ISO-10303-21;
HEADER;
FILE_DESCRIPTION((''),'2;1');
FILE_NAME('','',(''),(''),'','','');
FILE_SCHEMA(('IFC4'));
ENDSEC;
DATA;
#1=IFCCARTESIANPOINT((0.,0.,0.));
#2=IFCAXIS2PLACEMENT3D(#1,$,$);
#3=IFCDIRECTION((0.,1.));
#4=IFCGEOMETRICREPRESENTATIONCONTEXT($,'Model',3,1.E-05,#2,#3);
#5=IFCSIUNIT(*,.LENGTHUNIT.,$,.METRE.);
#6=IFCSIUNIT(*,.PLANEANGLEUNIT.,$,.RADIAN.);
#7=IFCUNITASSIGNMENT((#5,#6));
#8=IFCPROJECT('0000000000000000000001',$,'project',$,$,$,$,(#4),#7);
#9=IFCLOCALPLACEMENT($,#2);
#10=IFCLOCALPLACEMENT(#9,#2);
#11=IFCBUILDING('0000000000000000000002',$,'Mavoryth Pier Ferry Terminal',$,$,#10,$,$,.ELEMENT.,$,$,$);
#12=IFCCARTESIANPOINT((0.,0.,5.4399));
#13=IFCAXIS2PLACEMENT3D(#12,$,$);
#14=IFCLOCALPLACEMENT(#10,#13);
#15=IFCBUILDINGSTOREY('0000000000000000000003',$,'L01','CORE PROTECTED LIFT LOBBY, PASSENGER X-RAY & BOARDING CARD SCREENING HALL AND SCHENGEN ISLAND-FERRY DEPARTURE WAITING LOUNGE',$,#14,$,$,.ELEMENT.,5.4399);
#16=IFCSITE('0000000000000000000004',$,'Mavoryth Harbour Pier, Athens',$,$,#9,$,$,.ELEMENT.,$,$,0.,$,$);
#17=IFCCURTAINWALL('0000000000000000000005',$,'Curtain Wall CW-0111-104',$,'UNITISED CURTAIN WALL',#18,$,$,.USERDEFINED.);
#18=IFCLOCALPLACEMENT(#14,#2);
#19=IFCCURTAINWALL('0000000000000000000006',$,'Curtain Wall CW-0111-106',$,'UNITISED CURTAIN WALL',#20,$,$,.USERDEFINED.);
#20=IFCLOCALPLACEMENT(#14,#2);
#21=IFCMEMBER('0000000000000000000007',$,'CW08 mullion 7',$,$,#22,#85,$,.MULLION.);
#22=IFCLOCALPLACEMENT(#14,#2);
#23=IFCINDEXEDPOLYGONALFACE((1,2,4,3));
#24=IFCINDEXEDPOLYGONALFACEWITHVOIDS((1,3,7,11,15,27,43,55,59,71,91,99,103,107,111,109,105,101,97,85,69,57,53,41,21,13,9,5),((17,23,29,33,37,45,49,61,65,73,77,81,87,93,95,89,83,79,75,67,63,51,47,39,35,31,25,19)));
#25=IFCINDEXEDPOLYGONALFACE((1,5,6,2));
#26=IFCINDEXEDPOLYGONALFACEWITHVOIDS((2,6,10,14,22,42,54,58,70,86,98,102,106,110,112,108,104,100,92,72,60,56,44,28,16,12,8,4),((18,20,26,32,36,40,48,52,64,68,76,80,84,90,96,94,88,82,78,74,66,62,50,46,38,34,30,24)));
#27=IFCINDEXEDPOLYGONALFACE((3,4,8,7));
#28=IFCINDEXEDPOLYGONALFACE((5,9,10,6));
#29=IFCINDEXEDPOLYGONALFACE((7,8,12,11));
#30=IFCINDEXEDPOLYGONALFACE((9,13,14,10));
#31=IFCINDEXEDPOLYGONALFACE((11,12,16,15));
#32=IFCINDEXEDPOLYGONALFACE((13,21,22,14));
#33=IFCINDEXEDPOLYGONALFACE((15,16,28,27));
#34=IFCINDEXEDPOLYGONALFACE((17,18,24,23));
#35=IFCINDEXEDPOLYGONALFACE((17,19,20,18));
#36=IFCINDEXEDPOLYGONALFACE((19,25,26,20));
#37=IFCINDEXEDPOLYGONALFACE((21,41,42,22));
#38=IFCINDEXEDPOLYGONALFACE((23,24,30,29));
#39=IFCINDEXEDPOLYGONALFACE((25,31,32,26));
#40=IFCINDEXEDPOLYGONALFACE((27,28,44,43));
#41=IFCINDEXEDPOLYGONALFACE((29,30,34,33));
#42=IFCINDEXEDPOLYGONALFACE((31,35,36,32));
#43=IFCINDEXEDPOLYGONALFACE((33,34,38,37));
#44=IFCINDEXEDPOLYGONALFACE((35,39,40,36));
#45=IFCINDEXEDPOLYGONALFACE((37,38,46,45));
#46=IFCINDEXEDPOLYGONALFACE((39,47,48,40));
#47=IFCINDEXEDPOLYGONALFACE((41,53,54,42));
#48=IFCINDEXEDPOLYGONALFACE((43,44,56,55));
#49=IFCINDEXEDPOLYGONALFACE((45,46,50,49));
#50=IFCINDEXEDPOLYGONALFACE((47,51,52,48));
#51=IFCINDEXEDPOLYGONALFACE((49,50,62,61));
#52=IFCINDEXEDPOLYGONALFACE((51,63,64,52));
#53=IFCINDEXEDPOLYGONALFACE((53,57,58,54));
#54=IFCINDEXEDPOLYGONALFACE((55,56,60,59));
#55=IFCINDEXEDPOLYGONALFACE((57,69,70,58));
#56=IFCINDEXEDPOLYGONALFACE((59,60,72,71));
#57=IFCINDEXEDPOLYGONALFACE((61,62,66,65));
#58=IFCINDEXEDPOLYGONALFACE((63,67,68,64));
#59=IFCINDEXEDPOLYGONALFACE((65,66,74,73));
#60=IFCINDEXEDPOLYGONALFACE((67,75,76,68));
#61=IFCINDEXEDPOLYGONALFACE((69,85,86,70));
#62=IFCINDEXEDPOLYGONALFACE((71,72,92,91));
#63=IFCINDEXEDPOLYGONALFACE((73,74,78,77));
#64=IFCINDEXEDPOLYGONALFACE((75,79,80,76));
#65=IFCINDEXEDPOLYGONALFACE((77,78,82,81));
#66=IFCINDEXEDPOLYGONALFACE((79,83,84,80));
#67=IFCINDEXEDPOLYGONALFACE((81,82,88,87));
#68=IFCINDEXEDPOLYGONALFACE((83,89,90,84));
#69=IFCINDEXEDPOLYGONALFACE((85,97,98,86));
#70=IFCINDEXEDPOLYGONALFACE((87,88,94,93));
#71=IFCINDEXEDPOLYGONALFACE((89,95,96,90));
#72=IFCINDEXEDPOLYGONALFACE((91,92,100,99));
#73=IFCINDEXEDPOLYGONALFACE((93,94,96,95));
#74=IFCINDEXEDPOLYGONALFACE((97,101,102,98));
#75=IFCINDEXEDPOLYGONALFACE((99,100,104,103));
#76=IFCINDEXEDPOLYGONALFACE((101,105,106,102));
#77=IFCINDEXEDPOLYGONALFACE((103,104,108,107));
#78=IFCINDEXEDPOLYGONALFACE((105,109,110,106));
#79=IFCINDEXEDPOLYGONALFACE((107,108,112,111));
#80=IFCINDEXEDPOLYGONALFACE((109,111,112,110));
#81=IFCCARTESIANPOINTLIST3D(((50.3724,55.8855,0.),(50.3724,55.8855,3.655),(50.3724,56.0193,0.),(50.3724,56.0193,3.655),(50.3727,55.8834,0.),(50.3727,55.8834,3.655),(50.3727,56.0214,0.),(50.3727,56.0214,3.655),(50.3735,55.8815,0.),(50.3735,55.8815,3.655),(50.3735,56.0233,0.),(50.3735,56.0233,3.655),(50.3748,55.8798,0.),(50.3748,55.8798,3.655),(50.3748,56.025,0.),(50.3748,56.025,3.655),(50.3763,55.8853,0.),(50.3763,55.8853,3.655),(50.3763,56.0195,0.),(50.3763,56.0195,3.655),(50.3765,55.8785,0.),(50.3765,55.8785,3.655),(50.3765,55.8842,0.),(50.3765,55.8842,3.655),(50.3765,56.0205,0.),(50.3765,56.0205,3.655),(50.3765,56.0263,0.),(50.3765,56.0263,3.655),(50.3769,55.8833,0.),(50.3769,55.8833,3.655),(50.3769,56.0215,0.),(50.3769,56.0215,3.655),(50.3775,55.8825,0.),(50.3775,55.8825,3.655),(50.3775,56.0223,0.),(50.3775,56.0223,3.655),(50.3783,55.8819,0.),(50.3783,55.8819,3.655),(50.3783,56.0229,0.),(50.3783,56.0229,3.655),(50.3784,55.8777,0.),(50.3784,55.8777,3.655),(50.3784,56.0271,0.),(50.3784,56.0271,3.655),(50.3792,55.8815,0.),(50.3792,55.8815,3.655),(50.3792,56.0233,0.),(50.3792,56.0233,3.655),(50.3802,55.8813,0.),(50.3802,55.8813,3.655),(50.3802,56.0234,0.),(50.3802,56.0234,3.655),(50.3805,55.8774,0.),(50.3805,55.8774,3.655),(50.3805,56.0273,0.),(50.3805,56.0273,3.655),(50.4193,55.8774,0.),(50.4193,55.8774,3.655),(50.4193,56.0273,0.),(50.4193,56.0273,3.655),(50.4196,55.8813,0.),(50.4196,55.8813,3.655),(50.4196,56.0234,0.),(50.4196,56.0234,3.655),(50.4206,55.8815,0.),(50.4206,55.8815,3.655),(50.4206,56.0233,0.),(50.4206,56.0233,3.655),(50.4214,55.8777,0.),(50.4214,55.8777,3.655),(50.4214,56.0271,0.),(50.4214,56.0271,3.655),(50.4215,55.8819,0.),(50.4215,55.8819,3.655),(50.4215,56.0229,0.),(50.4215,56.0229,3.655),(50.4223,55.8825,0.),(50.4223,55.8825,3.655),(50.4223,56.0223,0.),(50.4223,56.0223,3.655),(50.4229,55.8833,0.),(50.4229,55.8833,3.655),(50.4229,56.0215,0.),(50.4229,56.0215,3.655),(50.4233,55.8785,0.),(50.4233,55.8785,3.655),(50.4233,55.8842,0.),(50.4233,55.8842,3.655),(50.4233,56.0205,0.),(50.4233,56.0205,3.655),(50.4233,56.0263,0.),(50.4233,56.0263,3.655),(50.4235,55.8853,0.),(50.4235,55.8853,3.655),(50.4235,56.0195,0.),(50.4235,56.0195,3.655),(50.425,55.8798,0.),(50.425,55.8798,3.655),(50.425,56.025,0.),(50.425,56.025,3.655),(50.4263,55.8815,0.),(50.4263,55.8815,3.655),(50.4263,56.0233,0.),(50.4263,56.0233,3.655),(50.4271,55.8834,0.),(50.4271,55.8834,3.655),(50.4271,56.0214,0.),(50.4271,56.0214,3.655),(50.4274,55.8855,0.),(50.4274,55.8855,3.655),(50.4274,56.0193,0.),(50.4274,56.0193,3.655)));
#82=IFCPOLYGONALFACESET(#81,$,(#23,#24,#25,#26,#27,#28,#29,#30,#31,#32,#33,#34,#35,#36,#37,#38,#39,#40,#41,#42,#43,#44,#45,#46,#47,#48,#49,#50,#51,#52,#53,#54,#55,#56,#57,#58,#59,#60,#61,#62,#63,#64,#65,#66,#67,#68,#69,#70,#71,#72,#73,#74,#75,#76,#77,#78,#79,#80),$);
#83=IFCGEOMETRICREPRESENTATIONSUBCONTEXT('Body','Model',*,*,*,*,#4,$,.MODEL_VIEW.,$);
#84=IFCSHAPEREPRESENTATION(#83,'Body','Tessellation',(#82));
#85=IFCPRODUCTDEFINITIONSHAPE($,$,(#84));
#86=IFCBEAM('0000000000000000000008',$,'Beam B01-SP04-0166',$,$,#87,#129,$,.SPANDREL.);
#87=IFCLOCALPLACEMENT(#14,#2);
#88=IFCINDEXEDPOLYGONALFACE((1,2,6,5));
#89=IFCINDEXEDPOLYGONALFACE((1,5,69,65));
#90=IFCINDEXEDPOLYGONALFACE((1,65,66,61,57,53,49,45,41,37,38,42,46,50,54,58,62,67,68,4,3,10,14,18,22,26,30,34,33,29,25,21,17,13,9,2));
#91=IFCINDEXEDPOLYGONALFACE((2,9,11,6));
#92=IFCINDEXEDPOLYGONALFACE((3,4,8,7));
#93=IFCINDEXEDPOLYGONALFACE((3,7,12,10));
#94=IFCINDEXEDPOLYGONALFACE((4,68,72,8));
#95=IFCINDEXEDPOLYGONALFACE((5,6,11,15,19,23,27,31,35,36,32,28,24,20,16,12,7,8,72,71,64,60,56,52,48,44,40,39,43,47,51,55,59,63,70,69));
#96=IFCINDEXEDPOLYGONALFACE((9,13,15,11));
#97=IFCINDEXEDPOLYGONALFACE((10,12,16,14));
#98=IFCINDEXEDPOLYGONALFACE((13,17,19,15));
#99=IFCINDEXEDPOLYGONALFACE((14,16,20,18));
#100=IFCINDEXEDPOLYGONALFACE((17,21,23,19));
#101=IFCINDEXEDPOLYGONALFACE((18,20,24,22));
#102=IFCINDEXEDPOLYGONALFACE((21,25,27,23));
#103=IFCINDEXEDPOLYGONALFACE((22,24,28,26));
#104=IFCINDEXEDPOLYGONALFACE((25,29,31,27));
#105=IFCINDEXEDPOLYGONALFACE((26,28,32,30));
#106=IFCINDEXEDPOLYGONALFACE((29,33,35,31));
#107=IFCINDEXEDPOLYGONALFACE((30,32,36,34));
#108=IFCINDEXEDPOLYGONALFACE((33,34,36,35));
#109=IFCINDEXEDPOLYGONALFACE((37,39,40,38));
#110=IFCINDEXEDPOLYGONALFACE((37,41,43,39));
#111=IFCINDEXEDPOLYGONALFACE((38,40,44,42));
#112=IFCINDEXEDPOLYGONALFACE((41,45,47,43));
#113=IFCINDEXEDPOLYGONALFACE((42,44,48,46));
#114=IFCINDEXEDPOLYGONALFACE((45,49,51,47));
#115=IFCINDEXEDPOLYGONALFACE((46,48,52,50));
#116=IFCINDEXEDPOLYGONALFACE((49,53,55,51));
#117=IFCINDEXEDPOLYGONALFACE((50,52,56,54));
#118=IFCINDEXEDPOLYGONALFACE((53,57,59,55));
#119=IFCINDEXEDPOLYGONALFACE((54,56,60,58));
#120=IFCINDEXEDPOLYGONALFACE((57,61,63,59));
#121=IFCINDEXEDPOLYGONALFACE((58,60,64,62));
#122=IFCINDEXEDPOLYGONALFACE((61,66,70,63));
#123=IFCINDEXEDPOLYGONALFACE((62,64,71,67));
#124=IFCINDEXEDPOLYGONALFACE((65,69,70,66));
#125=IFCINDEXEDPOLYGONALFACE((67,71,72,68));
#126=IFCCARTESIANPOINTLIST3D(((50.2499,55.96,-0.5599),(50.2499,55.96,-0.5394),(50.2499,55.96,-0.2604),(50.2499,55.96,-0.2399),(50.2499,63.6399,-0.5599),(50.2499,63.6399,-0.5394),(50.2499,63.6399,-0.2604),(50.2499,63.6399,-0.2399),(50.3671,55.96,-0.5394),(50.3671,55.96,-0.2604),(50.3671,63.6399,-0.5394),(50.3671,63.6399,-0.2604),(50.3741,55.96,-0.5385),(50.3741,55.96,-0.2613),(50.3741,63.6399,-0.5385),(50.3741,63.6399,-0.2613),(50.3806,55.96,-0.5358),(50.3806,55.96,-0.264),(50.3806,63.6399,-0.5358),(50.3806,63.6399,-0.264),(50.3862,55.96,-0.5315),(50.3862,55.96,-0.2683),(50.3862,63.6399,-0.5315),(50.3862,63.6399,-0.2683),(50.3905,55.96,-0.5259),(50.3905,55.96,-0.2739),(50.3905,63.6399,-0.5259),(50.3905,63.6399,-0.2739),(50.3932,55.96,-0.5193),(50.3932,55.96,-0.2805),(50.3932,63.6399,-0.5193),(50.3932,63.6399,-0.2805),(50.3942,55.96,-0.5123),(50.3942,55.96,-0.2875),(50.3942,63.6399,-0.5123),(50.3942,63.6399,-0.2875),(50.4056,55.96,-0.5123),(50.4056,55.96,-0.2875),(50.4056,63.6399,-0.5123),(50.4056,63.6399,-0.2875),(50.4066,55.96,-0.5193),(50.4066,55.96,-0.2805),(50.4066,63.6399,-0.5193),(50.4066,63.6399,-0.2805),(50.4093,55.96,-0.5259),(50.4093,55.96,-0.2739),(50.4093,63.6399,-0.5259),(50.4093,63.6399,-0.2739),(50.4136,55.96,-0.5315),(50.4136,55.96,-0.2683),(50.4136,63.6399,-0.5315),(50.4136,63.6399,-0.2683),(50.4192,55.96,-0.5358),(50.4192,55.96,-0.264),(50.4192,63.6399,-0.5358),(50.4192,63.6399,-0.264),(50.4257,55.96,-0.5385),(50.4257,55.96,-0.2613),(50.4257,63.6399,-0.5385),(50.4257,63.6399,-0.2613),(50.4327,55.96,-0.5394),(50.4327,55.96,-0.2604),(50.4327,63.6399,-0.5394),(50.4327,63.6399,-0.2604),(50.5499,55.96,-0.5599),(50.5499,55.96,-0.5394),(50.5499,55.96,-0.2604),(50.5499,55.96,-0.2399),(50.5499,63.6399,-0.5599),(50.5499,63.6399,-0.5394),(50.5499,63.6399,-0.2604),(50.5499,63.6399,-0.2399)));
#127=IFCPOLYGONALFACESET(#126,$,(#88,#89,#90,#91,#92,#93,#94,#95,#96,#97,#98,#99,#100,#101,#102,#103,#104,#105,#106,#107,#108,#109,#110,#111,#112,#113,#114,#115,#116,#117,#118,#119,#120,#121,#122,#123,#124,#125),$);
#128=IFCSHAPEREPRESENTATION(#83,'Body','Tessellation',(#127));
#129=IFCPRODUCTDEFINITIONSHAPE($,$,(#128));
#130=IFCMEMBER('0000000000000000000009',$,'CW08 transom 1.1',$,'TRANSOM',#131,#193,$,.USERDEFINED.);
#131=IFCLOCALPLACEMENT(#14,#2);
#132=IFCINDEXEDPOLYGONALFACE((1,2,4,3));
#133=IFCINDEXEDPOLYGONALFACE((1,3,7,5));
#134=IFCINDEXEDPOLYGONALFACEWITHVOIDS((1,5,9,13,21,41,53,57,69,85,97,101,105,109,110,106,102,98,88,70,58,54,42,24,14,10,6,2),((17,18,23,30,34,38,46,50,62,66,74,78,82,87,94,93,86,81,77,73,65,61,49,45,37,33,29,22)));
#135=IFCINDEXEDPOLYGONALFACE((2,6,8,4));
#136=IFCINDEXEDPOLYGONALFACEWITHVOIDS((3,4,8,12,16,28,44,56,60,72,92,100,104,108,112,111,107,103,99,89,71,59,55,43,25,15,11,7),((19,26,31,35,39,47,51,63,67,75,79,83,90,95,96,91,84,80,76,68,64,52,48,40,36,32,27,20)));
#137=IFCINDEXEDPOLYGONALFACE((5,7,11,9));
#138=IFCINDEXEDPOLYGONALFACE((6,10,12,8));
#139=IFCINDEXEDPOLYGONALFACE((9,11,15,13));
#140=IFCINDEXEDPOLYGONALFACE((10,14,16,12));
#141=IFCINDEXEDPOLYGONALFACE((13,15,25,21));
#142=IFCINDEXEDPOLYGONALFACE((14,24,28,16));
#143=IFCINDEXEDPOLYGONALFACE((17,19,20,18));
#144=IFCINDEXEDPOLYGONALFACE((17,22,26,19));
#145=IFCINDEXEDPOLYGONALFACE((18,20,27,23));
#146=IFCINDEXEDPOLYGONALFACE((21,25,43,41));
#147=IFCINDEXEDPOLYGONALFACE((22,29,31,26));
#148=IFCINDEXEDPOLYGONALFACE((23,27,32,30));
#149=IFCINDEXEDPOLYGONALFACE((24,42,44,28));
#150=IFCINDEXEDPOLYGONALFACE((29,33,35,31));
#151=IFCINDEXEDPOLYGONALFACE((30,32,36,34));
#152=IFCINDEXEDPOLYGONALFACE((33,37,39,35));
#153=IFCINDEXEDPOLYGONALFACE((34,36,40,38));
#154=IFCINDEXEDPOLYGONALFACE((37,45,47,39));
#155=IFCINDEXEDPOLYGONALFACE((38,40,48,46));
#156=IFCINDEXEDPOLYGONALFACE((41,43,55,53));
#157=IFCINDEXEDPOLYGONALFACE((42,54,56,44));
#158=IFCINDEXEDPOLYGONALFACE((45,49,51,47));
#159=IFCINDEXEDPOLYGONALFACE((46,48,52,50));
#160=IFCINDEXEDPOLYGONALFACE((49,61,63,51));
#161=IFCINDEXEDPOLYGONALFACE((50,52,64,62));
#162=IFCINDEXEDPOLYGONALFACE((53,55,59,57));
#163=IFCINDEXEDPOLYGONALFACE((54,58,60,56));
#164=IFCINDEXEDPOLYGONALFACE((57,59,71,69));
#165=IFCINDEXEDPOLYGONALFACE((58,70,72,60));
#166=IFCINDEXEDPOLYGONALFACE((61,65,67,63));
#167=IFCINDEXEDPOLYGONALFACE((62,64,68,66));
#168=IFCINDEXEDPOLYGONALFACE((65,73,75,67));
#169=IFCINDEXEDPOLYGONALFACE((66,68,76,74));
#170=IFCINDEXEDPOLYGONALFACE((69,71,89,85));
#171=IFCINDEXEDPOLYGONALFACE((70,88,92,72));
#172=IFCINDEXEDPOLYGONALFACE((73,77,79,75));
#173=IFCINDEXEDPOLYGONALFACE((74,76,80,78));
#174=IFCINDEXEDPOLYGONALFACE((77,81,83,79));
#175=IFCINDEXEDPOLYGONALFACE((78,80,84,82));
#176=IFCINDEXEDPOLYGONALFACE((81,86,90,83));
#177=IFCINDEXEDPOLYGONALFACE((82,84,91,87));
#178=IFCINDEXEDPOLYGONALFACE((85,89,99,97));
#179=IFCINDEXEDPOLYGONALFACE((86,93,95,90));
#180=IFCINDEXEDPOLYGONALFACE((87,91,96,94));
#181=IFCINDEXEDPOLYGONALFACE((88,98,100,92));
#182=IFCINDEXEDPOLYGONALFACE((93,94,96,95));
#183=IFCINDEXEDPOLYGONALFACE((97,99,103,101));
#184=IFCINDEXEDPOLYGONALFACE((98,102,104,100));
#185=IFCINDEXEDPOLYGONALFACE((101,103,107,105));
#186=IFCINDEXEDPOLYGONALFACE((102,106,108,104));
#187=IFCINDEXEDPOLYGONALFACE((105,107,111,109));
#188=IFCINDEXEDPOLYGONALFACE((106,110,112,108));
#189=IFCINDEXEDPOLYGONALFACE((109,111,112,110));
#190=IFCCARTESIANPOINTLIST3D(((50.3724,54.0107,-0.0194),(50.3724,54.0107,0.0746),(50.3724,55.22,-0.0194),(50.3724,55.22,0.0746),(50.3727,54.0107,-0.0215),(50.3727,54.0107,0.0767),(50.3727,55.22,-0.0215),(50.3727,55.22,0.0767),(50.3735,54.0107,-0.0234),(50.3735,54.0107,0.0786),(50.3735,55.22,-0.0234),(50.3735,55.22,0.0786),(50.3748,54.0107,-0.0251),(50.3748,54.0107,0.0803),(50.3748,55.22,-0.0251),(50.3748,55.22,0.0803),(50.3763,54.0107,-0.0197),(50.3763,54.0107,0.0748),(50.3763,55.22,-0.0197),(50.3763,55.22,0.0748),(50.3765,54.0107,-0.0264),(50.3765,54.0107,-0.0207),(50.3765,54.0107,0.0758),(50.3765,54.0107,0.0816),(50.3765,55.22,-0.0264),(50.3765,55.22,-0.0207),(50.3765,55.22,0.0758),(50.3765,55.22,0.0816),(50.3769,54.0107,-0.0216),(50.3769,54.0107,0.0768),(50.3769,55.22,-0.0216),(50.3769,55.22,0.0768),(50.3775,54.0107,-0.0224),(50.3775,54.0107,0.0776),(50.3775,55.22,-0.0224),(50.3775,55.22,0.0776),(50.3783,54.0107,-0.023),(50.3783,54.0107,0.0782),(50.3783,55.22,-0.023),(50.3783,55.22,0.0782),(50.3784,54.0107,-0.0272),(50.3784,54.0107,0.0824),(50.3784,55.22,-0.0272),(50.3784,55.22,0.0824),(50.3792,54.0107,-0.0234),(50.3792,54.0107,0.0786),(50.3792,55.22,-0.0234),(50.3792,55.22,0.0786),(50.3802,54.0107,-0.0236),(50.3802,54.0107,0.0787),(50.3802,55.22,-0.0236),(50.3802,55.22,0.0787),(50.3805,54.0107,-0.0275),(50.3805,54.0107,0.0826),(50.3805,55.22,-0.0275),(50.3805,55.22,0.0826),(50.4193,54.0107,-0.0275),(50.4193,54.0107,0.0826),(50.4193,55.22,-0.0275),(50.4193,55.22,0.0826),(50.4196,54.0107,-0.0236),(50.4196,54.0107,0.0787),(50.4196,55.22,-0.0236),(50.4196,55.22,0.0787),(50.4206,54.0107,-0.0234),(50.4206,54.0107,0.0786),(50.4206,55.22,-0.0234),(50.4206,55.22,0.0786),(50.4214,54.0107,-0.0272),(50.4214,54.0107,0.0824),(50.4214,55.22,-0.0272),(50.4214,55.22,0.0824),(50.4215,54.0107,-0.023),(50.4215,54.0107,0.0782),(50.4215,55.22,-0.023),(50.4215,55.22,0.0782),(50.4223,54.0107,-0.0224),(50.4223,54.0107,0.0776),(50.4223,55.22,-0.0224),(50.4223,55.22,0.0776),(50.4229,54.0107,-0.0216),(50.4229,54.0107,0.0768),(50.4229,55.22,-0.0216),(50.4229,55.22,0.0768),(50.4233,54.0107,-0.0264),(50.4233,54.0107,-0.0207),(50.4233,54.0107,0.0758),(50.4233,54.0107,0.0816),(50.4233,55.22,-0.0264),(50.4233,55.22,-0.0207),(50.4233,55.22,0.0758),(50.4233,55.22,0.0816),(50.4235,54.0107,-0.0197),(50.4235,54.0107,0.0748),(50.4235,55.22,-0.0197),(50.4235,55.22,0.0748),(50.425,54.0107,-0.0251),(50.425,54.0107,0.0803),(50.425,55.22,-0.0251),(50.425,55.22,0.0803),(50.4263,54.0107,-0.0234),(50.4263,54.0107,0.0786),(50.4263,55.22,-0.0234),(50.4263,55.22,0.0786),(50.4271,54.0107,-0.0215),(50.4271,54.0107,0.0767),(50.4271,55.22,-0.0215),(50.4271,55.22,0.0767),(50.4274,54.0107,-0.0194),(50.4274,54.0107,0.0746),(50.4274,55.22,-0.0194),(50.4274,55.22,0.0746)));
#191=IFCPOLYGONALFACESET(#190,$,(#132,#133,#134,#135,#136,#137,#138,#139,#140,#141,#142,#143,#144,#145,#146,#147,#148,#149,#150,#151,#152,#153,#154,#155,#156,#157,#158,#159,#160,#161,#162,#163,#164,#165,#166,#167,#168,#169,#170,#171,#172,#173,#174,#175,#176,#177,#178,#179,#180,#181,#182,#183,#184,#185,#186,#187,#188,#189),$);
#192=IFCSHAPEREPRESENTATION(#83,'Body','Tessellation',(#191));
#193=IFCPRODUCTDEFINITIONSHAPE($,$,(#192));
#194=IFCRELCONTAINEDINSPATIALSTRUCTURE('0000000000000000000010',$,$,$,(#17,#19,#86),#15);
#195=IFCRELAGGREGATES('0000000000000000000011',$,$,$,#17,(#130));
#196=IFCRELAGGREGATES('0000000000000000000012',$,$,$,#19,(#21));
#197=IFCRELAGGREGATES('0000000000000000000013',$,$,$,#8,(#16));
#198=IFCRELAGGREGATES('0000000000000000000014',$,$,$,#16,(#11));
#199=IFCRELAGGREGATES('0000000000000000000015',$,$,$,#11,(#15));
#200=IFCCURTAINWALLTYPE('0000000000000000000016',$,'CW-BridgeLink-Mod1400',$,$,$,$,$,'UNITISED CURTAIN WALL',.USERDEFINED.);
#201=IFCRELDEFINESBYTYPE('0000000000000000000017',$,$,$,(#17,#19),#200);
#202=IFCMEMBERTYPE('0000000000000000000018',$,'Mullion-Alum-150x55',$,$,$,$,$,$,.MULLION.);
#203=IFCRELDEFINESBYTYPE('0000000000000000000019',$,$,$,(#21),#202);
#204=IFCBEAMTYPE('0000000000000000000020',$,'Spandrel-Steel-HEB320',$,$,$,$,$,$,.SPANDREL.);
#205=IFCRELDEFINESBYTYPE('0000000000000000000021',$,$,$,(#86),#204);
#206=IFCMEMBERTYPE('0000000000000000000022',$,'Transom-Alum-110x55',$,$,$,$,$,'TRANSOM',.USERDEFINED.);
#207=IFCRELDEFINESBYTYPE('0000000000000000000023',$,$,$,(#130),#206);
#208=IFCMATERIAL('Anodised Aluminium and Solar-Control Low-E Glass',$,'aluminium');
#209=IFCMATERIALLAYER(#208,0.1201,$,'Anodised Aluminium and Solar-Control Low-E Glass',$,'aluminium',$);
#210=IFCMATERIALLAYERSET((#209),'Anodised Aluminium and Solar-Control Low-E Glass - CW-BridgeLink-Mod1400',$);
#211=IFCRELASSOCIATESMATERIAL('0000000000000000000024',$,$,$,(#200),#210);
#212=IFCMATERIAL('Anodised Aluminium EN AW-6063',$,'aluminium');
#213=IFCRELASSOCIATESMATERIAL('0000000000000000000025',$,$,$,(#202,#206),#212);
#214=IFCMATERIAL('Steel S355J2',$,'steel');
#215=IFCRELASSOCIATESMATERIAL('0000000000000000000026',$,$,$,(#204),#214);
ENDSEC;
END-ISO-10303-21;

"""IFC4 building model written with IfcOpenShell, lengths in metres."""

from ifc_helpers import new_model, si_unit, direction, frame, origin, origin_2d, place, context, subcontext, project, spatial, hollow_rectangle, i_section, extrude, material, layer, layer_set, material_profile, profile_set, type_object, element, aggregate, save


model = new_model("IFC4")

# Units and contexts
model_context = context("Model", 3, precision=1e-05, world=origin(), true_north=direction((0.0, 1.0)))
body_context = subcontext(model_context, "Body", "Model", "MODEL_VIEW")
ifc_project = project(units=[si_unit("LENGTHUNIT", "METRE"), si_unit("PLANEANGLEUNIT", "RADIAN")], contexts=[model_context])

# Site, building, storey
site_placement = place(None, origin())
site = spatial("IfcSite", under=ifc_project, at=site_placement, Name="Mavoryth Harbour Pier, Athens", CompositionType="ELEMENT", RefElevation=0.0)
building_placement = place(site_placement, origin())
building = spatial("IfcBuilding", under=site, at=building_placement, Name="Mavoryth Pier Ferry Terminal", CompositionType="ELEMENT")
storey_placement = place(building_placement, frame((0.0, 0.0, 5.4399)))
storey = spatial("IfcBuildingStorey", under=building, at=storey_placement, Name="L01", Description="CORE PROTECTED LIFT LOBBY, PASSENGER X-RAY & BOARDING CARD SCREENING HALL AND SCHENGEN ISLAND-FERRY DEPARTURE WAITING LOUNGE", CompositionType="ELEMENT", Elevation=5.4399)

# Curtain wall
ifc_material_1 = material(Name="Anodised Aluminium and Solar-Control Low-E Glass", Category="aluminium")
ifc_layer_1 = layer(ifc_material_1, 0.1201, Name="Anodised Aluminium and Solar-Control Low-E Glass", Category="aluminium")
ifc_layer_set_1 = layer_set([ifc_layer_1], Name="Anodised Aluminium and Solar-Control Low-E Glass - CW-BridgeLink-Mod1400")
curtain_wall_type = type_object("IfcCurtainWallType", Name="CW-BridgeLink-Mod1400", ElementType="UNITISED CURTAIN WALL", PredefinedType="USERDEFINED", material=ifc_layer_set_1)
curtain_wall_1_placement = place(storey_placement, origin())
curtain_wall_1 = element("IfcCurtainWall", 1, at=curtain_wall_1_placement, inside=storey, type_object=curtain_wall_type, Name="Curtain Wall CW-0111-104", ObjectType="UNITISED CURTAIN WALL", PredefinedType="USERDEFINED")
ifc_material_2 = material(Name="Anodised Aluminium EN AW-6063", Category="aluminium")
ifc_material_profile_1 = material_profile(ifc_material_2, hollow_rectangle(XDim=0.0549, YDim=0.1499, WallThickness=0.0039, InnerFilletRadius=0.0039, OuterFilletRadius=0.0081, at=origin_2d()), Name="AL-MULL 150x55x4", Category="aluminium")
ifc_profile_set_1 = profile_set([ifc_material_profile_1], Name="Anodised Aluminium EN AW-6063 - AL-MULL 150x55x4")
member_type_1 = type_object("IfcMemberType", Name="Mullion-Alum-150x55", PredefinedType="MULLION", material=ifc_profile_set_1)

# Curtain wall, member
curtain_wall_2_placement = place(storey_placement, origin())
curtain_wall_2 = element("IfcCurtainWall", 2, at=curtain_wall_2_placement, inside=storey, type_object=curtain_wall_type, Name="Curtain Wall CW-0111-106", ObjectType="UNITISED CURTAIN WALL", PredefinedType="USERDEFINED")
member_1_placement = place(storey_placement, frame((50.3999, 55.9524, 0.0), z_axis=(0.0, 0.0, 1.0), x_axis=(1.0, 0.0, 0.0)))
member_1 = element("IfcMember", 3, at=member_1_placement, type_object=member_type_1, Name="CW08 mullion 7", PredefinedType="MULLION", context=body_context, shape_type="SweptSolid", body=[
    extrude(hollow_rectangle(XDim=0.0549, YDim=0.1499, WallThickness=0.0039, InnerFilletRadius=0.0039, OuterFilletRadius=0.0081, at=origin_2d()), origin(), (0.0, 0.0, 1.0), 3.655),
])

# Beam
ifc_material_3 = material(Name="Steel S355J2", Category="steel")
ifc_material_profile_2 = material_profile(ifc_material_3, i_section(OverallWidth=0.3, OverallDepth=0.3201, WebThickness=0.0115, FlangeThickness=0.0205, FilletRadius=0.0271, at=origin_2d()), Name="HEB 320", Category="steel")
ifc_profile_set_2 = profile_set([ifc_material_profile_2], Name="Steel S355J2 - HEB 320")
beam_type = type_object("IfcBeamType", Name="Spandrel-Steel-HEB320", PredefinedType="SPANDREL", material=ifc_profile_set_2)
beam_placement = place(storey_placement, frame((50.3999, 55.96, -0.3999), z_axis=(0.0, 1.0, 0.0), x_axis=(-1.0, 0.0, 0.0)))
element("IfcBeam", 4, at=beam_placement, inside=storey, type_object=beam_type, Name="Beam B01-SP04-0166", PredefinedType="SPANDREL", context=body_context, shape_type="SweptSolid", body=[
    extrude(i_section(OverallWidth=0.3, OverallDepth=0.3201, WebThickness=0.0115, FlangeThickness=0.0205, FilletRadius=0.0271, at=origin_2d()), origin(), (0.0, 0.0, 1.0), 7.6799),
])

# Member
ifc_material_profile_3 = material_profile(ifc_material_2, hollow_rectangle(XDim=0.0549, YDim=0.1101, WallThickness=0.0039, InnerFilletRadius=0.0039, OuterFilletRadius=0.0081, at=origin_2d()), Name="AL-TRAN 110x55x4", Category="aluminium")
ifc_profile_set_3 = profile_set([ifc_material_profile_3], Name="Anodised Aluminium EN AW-6063 - AL-TRAN 110x55x4")
member_type_2 = type_object("IfcMemberType", Name="Transom-Alum-110x55", ElementType="TRANSOM", PredefinedType="USERDEFINED", material=ifc_profile_set_3)
member_2_placement = place(storey_placement, frame((50.3999, 55.22, 0.0276), z_axis=(0.0, -1.0, 0.0), x_axis=(1.0, 0.0, 0.0)))
member_2 = element("IfcMember", 5, at=member_2_placement, type_object=member_type_2, Name="CW08 transom 1.1", ObjectType="TRANSOM", PredefinedType="USERDEFINED", context=body_context, shape_type="SweptSolid", body=[
    extrude(hollow_rectangle(XDim=0.0549, YDim=0.1101, WallThickness=0.0039, InnerFilletRadius=0.0039, OuterFilletRadius=0.0081, at=origin_2d()), origin(), (0.0, 0.0, 1.0), 1.2092),
])

aggregate(curtain_wall_1, [member_2])
aggregate(curtain_wall_2, [member_1])

save(model, "model.ifc")
